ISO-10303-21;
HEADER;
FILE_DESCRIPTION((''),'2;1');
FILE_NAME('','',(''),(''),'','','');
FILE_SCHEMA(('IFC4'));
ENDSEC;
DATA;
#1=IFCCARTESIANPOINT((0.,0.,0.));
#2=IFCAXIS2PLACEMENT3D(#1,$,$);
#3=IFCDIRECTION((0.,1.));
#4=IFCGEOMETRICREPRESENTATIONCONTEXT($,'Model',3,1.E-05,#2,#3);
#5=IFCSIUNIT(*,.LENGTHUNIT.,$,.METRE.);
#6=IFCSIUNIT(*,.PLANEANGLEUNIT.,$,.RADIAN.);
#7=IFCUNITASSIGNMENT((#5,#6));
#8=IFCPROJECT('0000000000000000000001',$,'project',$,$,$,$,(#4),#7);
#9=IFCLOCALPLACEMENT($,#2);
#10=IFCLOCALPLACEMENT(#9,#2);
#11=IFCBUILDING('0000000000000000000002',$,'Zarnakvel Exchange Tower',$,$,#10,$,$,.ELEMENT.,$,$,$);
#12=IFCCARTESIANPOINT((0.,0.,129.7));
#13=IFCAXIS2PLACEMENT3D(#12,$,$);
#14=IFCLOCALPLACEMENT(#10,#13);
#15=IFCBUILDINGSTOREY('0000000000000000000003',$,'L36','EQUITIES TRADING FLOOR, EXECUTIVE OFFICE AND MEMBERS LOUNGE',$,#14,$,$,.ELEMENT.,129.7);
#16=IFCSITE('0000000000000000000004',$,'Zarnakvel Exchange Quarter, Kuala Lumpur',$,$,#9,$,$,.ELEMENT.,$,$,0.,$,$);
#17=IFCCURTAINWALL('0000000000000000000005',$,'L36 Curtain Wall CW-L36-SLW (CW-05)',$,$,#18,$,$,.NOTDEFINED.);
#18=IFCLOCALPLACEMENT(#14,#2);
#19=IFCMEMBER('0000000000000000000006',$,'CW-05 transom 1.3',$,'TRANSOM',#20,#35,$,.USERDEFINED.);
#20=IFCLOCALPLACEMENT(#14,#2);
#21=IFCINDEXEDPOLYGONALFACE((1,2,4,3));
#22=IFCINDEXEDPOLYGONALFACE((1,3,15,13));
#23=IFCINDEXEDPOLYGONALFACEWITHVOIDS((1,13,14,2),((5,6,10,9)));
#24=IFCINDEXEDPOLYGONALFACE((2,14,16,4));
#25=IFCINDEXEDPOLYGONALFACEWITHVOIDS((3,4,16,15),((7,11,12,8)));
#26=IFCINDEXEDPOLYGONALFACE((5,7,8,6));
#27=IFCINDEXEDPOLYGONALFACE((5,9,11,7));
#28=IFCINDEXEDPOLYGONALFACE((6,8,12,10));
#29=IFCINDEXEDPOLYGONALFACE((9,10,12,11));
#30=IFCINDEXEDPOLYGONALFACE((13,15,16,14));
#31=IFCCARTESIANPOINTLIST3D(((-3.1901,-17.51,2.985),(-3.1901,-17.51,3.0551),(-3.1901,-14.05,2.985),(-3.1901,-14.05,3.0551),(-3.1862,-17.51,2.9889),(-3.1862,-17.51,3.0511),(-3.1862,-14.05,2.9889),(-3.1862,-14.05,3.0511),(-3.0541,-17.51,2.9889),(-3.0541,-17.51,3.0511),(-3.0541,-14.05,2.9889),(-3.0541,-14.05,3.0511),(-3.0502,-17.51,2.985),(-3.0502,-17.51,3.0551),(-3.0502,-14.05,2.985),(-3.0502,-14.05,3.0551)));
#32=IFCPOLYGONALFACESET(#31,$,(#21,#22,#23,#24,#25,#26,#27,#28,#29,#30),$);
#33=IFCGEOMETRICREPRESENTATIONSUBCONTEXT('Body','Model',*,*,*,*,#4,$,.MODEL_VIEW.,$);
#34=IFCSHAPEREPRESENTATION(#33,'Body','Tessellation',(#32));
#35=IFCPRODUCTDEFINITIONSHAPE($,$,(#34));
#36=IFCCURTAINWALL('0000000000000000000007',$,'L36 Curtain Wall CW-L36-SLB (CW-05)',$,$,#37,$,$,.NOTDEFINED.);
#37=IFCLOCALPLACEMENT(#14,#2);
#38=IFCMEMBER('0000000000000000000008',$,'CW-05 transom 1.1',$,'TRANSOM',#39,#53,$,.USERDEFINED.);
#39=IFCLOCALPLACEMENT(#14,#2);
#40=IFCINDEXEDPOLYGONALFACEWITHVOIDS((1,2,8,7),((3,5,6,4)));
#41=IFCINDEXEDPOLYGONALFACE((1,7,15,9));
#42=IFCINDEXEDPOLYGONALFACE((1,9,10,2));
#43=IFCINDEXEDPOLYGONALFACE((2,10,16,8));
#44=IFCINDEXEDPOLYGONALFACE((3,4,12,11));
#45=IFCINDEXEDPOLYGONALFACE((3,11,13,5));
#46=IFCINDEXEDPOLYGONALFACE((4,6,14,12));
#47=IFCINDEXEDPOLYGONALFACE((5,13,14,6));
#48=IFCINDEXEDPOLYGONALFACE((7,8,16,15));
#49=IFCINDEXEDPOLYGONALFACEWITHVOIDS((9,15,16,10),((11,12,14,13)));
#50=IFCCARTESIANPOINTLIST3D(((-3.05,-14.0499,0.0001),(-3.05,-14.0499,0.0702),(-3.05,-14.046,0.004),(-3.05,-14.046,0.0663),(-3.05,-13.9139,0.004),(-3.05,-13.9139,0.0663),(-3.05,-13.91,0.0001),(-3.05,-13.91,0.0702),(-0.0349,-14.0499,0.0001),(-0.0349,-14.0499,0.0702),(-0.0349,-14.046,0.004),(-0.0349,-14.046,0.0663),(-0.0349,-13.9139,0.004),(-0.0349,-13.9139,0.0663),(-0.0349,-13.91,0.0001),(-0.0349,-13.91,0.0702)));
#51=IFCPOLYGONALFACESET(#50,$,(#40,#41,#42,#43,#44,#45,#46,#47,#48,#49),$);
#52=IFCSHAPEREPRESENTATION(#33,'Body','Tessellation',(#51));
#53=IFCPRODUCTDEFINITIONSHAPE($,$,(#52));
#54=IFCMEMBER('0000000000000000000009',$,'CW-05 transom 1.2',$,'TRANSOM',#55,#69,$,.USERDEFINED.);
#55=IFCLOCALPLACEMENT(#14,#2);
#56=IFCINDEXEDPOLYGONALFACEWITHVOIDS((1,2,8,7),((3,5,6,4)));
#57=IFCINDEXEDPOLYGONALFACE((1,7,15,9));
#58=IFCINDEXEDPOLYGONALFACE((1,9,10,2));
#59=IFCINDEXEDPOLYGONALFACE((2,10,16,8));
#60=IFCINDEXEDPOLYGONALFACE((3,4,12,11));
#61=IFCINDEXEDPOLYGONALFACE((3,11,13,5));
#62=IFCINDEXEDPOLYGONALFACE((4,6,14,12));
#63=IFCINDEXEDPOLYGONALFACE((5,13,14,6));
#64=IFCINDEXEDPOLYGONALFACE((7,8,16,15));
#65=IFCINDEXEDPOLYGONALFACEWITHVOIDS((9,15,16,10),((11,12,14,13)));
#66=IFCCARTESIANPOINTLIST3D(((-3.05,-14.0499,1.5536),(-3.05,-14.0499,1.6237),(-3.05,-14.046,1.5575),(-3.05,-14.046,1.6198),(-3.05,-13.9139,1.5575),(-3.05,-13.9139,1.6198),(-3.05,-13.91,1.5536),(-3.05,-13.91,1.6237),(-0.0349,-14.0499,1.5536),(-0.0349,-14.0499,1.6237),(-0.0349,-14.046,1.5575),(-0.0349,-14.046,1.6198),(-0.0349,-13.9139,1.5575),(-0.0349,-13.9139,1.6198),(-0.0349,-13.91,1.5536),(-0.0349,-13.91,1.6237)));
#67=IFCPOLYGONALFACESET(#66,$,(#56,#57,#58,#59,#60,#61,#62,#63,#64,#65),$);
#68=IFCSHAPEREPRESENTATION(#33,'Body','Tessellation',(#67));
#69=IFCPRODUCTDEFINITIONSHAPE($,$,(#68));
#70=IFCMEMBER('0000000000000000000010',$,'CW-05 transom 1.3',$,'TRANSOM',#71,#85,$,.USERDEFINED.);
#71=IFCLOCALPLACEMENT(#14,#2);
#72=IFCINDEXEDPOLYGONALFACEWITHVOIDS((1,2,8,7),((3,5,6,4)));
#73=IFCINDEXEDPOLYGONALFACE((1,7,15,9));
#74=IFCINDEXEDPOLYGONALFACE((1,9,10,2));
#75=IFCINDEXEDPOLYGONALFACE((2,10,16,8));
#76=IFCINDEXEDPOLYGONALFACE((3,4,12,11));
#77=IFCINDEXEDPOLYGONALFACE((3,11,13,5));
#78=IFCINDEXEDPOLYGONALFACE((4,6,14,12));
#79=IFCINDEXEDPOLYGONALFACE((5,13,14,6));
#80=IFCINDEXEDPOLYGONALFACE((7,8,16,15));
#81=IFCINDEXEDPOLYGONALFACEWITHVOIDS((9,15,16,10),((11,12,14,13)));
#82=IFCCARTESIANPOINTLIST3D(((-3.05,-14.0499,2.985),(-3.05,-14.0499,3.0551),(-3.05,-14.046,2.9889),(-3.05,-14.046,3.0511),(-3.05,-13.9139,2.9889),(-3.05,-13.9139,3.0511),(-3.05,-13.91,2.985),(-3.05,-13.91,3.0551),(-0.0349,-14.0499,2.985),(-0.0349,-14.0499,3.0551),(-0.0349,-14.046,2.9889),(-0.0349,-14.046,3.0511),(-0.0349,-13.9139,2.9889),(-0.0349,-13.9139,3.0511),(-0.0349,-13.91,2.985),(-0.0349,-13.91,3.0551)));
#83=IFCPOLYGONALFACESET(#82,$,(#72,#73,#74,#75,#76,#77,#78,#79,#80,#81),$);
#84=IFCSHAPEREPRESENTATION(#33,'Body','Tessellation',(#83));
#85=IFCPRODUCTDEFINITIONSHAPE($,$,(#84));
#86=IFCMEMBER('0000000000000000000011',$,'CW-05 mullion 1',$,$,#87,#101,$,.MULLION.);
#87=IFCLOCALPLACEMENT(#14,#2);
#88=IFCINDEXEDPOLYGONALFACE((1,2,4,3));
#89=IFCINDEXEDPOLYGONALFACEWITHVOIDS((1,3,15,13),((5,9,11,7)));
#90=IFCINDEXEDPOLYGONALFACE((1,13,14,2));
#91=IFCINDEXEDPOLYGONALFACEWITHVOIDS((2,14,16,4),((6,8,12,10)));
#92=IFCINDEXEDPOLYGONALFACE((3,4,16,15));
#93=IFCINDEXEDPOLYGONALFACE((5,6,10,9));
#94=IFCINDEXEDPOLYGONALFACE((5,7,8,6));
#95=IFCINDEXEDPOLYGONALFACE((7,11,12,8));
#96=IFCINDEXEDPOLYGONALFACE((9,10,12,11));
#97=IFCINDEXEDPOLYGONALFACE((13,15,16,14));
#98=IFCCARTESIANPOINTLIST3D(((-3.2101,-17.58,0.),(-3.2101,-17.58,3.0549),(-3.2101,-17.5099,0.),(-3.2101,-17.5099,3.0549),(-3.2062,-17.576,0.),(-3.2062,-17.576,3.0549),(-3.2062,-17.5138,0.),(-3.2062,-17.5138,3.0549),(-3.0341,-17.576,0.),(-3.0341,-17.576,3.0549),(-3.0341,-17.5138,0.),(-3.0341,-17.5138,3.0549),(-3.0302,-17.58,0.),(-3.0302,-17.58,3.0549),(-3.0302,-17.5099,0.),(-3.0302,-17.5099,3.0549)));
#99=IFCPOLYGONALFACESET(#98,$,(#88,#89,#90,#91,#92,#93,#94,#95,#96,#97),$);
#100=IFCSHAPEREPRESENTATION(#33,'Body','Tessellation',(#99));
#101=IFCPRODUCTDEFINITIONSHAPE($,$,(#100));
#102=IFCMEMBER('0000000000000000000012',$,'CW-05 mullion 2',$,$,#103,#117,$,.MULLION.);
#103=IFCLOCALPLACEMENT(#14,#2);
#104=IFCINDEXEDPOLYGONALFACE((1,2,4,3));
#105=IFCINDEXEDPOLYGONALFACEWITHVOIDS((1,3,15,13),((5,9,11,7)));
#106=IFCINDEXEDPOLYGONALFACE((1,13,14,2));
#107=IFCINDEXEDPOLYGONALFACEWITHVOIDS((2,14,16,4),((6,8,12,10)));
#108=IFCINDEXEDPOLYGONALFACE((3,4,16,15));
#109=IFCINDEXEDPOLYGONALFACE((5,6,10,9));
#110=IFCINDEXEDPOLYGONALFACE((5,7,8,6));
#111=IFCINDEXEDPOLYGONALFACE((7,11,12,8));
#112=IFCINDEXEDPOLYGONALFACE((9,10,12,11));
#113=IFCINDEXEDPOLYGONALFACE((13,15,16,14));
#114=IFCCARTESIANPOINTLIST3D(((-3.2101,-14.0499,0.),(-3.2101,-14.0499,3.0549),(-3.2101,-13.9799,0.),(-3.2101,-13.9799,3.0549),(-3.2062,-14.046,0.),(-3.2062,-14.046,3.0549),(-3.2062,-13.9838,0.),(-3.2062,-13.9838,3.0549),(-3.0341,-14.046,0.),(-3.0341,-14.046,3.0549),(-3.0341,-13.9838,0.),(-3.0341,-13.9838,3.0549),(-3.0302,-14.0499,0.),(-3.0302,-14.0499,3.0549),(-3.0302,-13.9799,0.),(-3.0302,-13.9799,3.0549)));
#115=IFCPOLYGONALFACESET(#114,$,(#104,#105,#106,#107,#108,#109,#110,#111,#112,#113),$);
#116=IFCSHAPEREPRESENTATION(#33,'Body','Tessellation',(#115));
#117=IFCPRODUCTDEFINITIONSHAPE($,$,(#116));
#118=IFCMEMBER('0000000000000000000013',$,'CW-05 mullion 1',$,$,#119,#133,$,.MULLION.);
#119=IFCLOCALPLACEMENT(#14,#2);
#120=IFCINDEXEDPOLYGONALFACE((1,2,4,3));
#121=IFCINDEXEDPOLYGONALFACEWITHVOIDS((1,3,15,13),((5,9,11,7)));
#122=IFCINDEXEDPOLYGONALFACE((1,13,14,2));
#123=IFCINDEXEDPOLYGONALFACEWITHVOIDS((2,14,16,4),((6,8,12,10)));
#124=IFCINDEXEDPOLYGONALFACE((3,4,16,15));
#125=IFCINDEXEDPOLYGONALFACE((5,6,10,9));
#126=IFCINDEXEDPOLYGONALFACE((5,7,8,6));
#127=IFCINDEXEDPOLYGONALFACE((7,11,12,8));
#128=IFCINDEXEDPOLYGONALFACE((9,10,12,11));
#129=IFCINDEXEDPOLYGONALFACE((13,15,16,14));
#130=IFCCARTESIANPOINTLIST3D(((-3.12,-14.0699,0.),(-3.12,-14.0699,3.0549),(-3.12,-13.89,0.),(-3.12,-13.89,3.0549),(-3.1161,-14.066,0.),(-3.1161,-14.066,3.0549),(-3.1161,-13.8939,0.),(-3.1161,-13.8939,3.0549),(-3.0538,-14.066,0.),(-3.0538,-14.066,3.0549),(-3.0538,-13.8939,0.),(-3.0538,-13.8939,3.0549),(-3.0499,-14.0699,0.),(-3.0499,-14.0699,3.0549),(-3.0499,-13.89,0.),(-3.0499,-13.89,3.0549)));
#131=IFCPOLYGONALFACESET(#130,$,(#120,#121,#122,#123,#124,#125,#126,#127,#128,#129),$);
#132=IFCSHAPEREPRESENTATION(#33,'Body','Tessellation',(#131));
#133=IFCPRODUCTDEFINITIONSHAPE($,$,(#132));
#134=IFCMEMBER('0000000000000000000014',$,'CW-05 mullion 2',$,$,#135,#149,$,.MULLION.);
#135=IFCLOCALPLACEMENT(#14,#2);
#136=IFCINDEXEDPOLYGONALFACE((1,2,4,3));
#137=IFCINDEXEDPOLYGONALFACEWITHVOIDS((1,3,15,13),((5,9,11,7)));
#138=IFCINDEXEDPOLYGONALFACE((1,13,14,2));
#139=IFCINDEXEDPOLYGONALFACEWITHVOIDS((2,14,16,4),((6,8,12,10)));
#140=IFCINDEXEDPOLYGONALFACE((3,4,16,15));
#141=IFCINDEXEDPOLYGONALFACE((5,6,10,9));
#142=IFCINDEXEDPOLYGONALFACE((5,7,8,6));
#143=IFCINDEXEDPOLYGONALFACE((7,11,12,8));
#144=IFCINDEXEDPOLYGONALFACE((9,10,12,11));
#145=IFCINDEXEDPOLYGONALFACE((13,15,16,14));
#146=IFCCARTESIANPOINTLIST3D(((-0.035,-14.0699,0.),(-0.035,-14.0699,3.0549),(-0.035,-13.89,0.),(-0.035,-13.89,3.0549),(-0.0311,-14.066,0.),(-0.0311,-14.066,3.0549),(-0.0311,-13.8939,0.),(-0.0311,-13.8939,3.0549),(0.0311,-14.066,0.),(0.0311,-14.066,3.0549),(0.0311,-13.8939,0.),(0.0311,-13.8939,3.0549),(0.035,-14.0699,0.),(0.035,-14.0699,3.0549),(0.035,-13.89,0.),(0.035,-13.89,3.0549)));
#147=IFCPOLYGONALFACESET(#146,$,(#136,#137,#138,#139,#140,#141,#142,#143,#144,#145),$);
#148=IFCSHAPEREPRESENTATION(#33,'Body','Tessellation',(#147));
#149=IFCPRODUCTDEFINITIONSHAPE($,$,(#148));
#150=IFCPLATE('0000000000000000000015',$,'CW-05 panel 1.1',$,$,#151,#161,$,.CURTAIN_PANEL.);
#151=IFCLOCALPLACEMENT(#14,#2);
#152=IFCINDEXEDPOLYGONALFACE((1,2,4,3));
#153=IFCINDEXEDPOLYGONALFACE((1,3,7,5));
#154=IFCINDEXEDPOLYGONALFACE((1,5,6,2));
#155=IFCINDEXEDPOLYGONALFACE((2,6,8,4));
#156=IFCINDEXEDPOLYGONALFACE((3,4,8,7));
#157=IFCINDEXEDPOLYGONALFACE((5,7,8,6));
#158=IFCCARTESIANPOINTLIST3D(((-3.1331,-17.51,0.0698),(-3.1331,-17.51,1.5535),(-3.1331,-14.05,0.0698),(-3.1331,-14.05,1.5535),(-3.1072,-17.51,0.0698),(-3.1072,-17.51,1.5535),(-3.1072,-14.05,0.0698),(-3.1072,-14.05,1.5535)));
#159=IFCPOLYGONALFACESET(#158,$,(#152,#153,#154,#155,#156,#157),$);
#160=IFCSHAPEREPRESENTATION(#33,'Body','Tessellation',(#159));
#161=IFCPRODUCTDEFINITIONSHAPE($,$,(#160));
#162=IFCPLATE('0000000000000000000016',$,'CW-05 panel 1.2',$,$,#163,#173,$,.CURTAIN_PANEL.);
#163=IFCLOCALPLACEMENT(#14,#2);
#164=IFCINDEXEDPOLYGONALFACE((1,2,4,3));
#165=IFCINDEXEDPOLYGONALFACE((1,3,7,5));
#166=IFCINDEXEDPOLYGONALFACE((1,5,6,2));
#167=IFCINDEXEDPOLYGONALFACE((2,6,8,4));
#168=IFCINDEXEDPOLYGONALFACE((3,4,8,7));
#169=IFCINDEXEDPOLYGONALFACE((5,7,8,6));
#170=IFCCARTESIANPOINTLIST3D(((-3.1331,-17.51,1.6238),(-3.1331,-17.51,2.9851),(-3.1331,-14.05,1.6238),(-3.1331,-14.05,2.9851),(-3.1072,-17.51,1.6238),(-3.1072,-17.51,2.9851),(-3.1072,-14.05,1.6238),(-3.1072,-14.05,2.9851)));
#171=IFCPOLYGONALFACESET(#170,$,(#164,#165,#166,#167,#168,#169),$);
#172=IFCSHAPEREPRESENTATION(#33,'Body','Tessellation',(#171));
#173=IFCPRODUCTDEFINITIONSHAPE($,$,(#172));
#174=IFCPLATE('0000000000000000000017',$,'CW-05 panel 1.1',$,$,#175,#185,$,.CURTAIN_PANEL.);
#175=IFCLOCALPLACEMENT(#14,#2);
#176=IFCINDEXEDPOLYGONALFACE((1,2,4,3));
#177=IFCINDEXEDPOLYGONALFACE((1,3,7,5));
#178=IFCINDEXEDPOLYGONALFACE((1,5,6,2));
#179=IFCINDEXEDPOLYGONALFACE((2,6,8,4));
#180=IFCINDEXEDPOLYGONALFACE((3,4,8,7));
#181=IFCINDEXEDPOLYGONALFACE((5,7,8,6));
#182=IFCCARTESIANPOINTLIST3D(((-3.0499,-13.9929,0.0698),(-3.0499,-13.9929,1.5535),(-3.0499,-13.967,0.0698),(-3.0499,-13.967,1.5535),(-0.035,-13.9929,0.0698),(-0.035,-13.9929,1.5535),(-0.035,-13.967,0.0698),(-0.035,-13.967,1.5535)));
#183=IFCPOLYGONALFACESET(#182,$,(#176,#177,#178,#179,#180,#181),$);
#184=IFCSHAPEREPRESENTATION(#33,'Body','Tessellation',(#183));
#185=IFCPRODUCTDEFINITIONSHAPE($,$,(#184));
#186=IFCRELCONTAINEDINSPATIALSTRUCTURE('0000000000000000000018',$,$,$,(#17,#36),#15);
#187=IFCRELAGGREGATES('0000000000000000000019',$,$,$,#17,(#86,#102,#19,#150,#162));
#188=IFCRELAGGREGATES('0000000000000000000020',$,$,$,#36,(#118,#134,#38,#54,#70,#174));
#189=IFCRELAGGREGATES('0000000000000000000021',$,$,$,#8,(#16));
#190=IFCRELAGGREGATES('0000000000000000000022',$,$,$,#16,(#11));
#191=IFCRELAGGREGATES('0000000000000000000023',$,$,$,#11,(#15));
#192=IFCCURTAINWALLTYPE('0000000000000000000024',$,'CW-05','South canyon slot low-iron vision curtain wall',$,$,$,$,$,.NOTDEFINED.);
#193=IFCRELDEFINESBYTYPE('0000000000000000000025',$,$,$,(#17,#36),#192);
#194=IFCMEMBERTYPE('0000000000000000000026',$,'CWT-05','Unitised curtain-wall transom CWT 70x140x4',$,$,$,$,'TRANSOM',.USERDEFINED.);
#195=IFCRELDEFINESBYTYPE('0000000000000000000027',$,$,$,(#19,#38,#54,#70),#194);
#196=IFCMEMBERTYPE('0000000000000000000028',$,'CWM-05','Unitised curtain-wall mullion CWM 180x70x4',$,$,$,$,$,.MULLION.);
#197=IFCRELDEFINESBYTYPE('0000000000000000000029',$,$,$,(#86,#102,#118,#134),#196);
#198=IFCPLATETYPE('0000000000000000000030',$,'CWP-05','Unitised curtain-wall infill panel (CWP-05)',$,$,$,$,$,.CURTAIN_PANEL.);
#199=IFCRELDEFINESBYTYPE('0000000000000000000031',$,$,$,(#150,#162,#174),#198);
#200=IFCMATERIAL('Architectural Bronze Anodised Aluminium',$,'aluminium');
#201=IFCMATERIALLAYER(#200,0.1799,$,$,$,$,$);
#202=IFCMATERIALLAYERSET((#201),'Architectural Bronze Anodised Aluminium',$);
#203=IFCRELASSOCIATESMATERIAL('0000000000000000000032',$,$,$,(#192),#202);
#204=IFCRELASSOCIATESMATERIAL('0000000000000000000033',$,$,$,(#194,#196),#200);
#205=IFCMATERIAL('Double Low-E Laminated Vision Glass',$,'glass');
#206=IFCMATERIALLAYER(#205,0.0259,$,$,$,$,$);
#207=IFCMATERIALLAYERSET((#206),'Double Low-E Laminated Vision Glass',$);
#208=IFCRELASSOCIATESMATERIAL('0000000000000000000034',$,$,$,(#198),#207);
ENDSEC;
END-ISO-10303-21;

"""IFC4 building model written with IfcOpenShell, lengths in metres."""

from ifc_helpers import new_model, si_unit, direction, frame, origin, origin_2d, place, context, subcontext, project, spatial, rectangle, hollow_rectangle, extrude, source, transform, mapped, material, layer, layer_set, material_profile, profile_set, type_object, element, aggregate, save


model = new_model("IFC4")

# Units and contexts
model_context = context("Model", 3, precision=1e-05, world=origin(), true_north=direction((0.0, 1.0)))
body_context = subcontext(model_context, "Body", "Model", "MODEL_VIEW")
ifc_project = project(units=[si_unit("LENGTHUNIT", "METRE"), si_unit("PLANEANGLEUNIT", "RADIAN")], contexts=[model_context])

# Site, building, storey
site_placement = place(None, origin())
site = spatial("IfcSite", under=ifc_project, at=site_placement, Name="Zarnakvel Exchange Quarter, Kuala Lumpur", CompositionType="ELEMENT", RefElevation=0.0)
building_placement = place(site_placement, origin())
building = spatial("IfcBuilding", under=site, at=building_placement, Name="Zarnakvel Exchange Tower", CompositionType="ELEMENT")
storey_placement = place(building_placement, frame((0.0, 0.0, 129.7)))
storey = spatial("IfcBuildingStorey", under=building, at=storey_placement, Name="L36", Description="EQUITIES TRADING FLOOR, EXECUTIVE OFFICE AND MEMBERS LOUNGE", CompositionType="ELEMENT", Elevation=129.7)

# Curtain walls, members
ifc_material_1 = material(Name="Architectural Bronze Anodised Aluminium", Category="aluminium")
ifc_layer_1 = layer(ifc_material_1, 0.1799)
ifc_layer_set_1 = layer_set([ifc_layer_1], Name="Architectural Bronze Anodised Aluminium")
curtain_wall_type = type_object("IfcCurtainWallType", Name="CW-05", Description="South canyon slot low-iron vision curtain wall", PredefinedType="NOTDEFINED", material=ifc_layer_set_1)
curtain_wall_1_placement = place(storey_placement, origin())
curtain_wall_1 = element("IfcCurtainWall", 1, at=curtain_wall_1_placement, inside=storey, type_object=curtain_wall_type, Name="L36 Curtain Wall CW-L36-SLW (CW-05)", PredefinedType="NOTDEFINED")
ifc_material_profile_1 = material_profile(ifc_material_1, hollow_rectangle(XDim=0.1399, YDim=0.0701, WallThickness=0.0039, at=origin_2d()))
ifc_profile_set_1 = profile_set([ifc_material_profile_1], Name="Architectural Bronze Anodised Aluminium")
member_type_1 = type_object("IfcMemberType", Name="CWT-05", Description="Unitised curtain-wall transom CWT 70x140x4", ElementType="TRANSOM", PredefinedType="USERDEFINED", material=ifc_profile_set_1)
shared_shape_1 = source(origin(), body_context, "Body", "SweptSolid", [
    extrude(hollow_rectangle(XDim=0.1399, YDim=0.0701, WallThickness=0.0039, at=origin_2d()), origin(), (0.0, 0.0, 1.0), 3.46),
])
member_1_placement = place(storey_placement, frame((-3.1201, -17.51, 3.02), z_axis=(0.0, 1.0, 0.0), x_axis=(-1.0, 0.0, 0.0)))
member_1 = element("IfcMember", 2, at=member_1_placement, type_object=member_type_1, Name="CW-05 transom 1.3", ObjectType="TRANSOM", PredefinedType="USERDEFINED", context=body_context, shape_type="MappedRepresentation", body=[
    mapped(shared_shape_1, transform((0.0, 0.0, 0.0), x_axis=(1.0, 0.0, 0.0), y_axis=(0.0, 1.0, 0.0), z_axis=(0.0, 0.0, 1.0), scale=1.0)),
])
curtain_wall_2_placement = place(storey_placement, origin())
curtain_wall_2 = element("IfcCurtainWall", 3, at=curtain_wall_2_placement, inside=storey, type_object=curtain_wall_type, Name="L36 Curtain Wall CW-L36-SLB (CW-05)", PredefinedType="NOTDEFINED")
shared_shape_2 = source(origin(), body_context, "Body", "SweptSolid", [
    extrude(hollow_rectangle(XDim=0.1399, YDim=0.0701, WallThickness=0.0039, at=origin_2d()), origin(), (0.0, 0.0, 1.0), 3.0151),
])
member_2_placement = place(storey_placement, frame((-3.05, -13.98, 0.0352), z_axis=(1.0, 0.0, 0.0), x_axis=(0.0, 1.0, 0.0)))
member_2 = element("IfcMember", 4, at=member_2_placement, type_object=member_type_1, Name="CW-05 transom 1.1", ObjectType="TRANSOM", PredefinedType="USERDEFINED", context=body_context, shape_type="MappedRepresentation", body=[
    mapped(shared_shape_2, transform((0.0, 0.0, 0.0), x_axis=(1.0, 0.0, 0.0), y_axis=(0.0, 1.0, 0.0), z_axis=(0.0, 0.0, 1.0), scale=1.0)),
])
member_3_placement = place(storey_placement, frame((-3.05, -13.98, 1.5886), z_axis=(1.0, 0.0, 0.0), x_axis=(0.0, 1.0, 0.0)))
member_3 = element("IfcMember", 5, at=member_3_placement, type_object=member_type_1, Name="CW-05 transom 1.2", ObjectType="TRANSOM", PredefinedType="USERDEFINED", context=body_context, shape_type="MappedRepresentation", body=[
    mapped(shared_shape_2, transform((0.0, 0.0, 0.0), x_axis=(1.0, 0.0, 0.0), y_axis=(0.0, 1.0, 0.0), z_axis=(0.0, 0.0, 1.0), scale=1.0)),
])
member_4_placement = place(storey_placement, frame((-3.05, -13.98, 3.02), z_axis=(1.0, 0.0, 0.0), x_axis=(0.0, 1.0, 0.0)))
member_4 = element("IfcMember", 6, at=member_4_placement, type_object=member_type_1, Name="CW-05 transom 1.3", ObjectType="TRANSOM", PredefinedType="USERDEFINED", context=body_context, shape_type="MappedRepresentation", body=[
    mapped(shared_shape_2, transform((0.0, 0.0, 0.0), x_axis=(1.0, 0.0, 0.0), y_axis=(0.0, 1.0, 0.0), z_axis=(0.0, 0.0, 1.0), scale=1.0)),
])

# Members
ifc_material_profile_2 = material_profile(ifc_material_1, hollow_rectangle(XDim=0.1799, YDim=0.0701, WallThickness=0.0039, at=origin_2d()))
ifc_profile_set_2 = profile_set([ifc_material_profile_2], Name="Architectural Bronze Anodised Aluminium")
member_type_2 = type_object("IfcMemberType", Name="CWM-05", Description="Unitised curtain-wall mullion CWM 180x70x4", PredefinedType="MULLION", material=ifc_profile_set_2)
shared_shape_3 = source(origin(), body_context, "Body", "SweptSolid", [
    extrude(hollow_rectangle(XDim=0.1799, YDim=0.0701, WallThickness=0.0039, at=origin_2d()), origin(), (0.0, 0.0, 1.0), 3.0549),
])
member_5_placement = place(storey_placement, frame((-3.1201, -17.5449, 0.0), z_axis=(0.0, 0.0, 1.0), x_axis=(-1.0, 0.0, 0.0)))
member_5 = element("IfcMember", 7, at=member_5_placement, type_object=member_type_2, Name="CW-05 mullion 1", PredefinedType="MULLION", context=body_context, shape_type="MappedRepresentation", body=[
    mapped(shared_shape_3, transform((0.0, 0.0, 0.0), x_axis=(1.0, 0.0, 0.0), y_axis=(0.0, 1.0, 0.0), z_axis=(0.0, 0.0, 1.0), scale=1.0)),
])
member_6_placement = place(storey_placement, frame((-3.1201, -14.0149, 0.0), z_axis=(0.0, 0.0, 1.0), x_axis=(-1.0, 0.0, 0.0)))
member_6 = element("IfcMember", 8, at=member_6_placement, type_object=member_type_2, Name="CW-05 mullion 2", PredefinedType="MULLION", context=body_context, shape_type="MappedRepresentation", body=[
    mapped(shared_shape_3, transform((0.0, 0.0, 0.0), x_axis=(1.0, 0.0, 0.0), y_axis=(0.0, 1.0, 0.0), z_axis=(0.0, 0.0, 1.0), scale=1.0)),
])
member_7_placement = place(storey_placement, frame((-3.085, -13.98, 0.0), z_axis=(0.0, 0.0, 1.0), x_axis=(0.0, 1.0, 0.0)))
member_7 = element("IfcMember", 9, at=member_7_placement, type_object=member_type_2, Name="CW-05 mullion 1", PredefinedType="MULLION", context=body_context, shape_type="MappedRepresentation", body=[
    mapped(shared_shape_3, transform((0.0, 0.0, 0.0), x_axis=(1.0, 0.0, 0.0), y_axis=(0.0, 1.0, 0.0), z_axis=(0.0, 0.0, 1.0), scale=1.0)),
])
member_8_placement = place(storey_placement, frame((0.0, -13.98, 0.0), z_axis=(0.0, 0.0, 1.0), x_axis=(0.0, 1.0, 0.0)))
member_8 = element("IfcMember", 10, at=member_8_placement, type_object=member_type_2, Name="CW-05 mullion 2", PredefinedType="MULLION", context=body_context, shape_type="MappedRepresentation", body=[
    mapped(shared_shape_3, transform((0.0, 0.0, 0.0), x_axis=(1.0, 0.0, 0.0), y_axis=(0.0, 1.0, 0.0), z_axis=(0.0, 0.0, 1.0), scale=1.0)),
])

# Plates
ifc_material_2 = material(Name="Double Low-E Laminated Vision Glass", Category="glass")
ifc_layer_2 = layer(ifc_material_2, 0.0259)
ifc_layer_set_2 = layer_set([ifc_layer_2], Name="Double Low-E Laminated Vision Glass")
plate_type = type_object("IfcPlateType", Name="CWP-05", Description="Unitised curtain-wall infill panel (CWP-05)", PredefinedType="CURTAIN_PANEL", material=ifc_layer_set_2)
shared_shape_4 = source(origin(), body_context, "Body", "SweptSolid", [
    extrude(rectangle(XDim=3.46, YDim=0.0259, at=origin_2d()), origin(), (0.0, 0.0, 1.0), 1.4836),
])
plate_1_placement = place(storey_placement, frame((-3.1201, -15.78, 0.0698), z_axis=(0.0, 0.0, 1.0), x_axis=(0.0, 1.0, 0.0)))
plate_1 = element("IfcPlate", 11, at=plate_1_placement, type_object=plate_type, Name="CW-05 panel 1.1", PredefinedType="CURTAIN_PANEL", context=body_context, shape_type="MappedRepresentation", body=[
    mapped(shared_shape_4, transform((0.0, 0.0, 0.0), x_axis=(1.0, 0.0, 0.0), y_axis=(0.0, 1.0, 0.0), z_axis=(0.0, 0.0, 1.0), scale=1.0)),
])
shared_shape_5 = source(origin(), body_context, "Body", "SweptSolid", [
    extrude(rectangle(XDim=3.46, YDim=0.0259, at=origin_2d()), origin(), (0.0, 0.0, 1.0), 1.3613),
])
plate_2_placement = place(storey_placement, frame((-3.1201, -15.78, 1.6238), z_axis=(0.0, 0.0, 1.0), x_axis=(0.0, 1.0, 0.0)))
plate_2 = element("IfcPlate", 12, at=plate_2_placement, type_object=plate_type, Name="CW-05 panel 1.2", PredefinedType="CURTAIN_PANEL", context=body_context, shape_type="MappedRepresentation", body=[
    mapped(shared_shape_5, transform((0.0, 0.0, 0.0), x_axis=(1.0, 0.0, 0.0), y_axis=(0.0, 1.0, 0.0), z_axis=(0.0, 0.0, 1.0), scale=1.0)),
])
aggregate(curtain_wall_1, [member_5, member_6, member_1, plate_1, plate_2])
shared_shape_6 = source(origin(), body_context, "Body", "SweptSolid", [
    extrude(rectangle(XDim=3.0149, YDim=0.0259, at=origin_2d()), origin(), (0.0, 0.0, 1.0), 1.4836),
])
plate_3_placement = place(storey_placement, frame((-1.5425, -13.98, 0.0698), z_axis=(0.0, 0.0, 1.0), x_axis=(1.0, 0.0, 0.0)))
plate_3 = element("IfcPlate", 13, at=plate_3_placement, type_object=plate_type, Name="CW-05 panel 1.1", PredefinedType="CURTAIN_PANEL", context=body_context, shape_type="MappedRepresentation", body=[
    mapped(shared_shape_6, transform((0.0, 0.0, 0.0), x_axis=(1.0, 0.0, 0.0), y_axis=(0.0, 1.0, 0.0), z_axis=(0.0, 0.0, 1.0), scale=1.0)),
])
aggregate(curtain_wall_2, [member_7, member_8, member_2, member_3, member_4, plate_3])

save(model, "model.ifc")
